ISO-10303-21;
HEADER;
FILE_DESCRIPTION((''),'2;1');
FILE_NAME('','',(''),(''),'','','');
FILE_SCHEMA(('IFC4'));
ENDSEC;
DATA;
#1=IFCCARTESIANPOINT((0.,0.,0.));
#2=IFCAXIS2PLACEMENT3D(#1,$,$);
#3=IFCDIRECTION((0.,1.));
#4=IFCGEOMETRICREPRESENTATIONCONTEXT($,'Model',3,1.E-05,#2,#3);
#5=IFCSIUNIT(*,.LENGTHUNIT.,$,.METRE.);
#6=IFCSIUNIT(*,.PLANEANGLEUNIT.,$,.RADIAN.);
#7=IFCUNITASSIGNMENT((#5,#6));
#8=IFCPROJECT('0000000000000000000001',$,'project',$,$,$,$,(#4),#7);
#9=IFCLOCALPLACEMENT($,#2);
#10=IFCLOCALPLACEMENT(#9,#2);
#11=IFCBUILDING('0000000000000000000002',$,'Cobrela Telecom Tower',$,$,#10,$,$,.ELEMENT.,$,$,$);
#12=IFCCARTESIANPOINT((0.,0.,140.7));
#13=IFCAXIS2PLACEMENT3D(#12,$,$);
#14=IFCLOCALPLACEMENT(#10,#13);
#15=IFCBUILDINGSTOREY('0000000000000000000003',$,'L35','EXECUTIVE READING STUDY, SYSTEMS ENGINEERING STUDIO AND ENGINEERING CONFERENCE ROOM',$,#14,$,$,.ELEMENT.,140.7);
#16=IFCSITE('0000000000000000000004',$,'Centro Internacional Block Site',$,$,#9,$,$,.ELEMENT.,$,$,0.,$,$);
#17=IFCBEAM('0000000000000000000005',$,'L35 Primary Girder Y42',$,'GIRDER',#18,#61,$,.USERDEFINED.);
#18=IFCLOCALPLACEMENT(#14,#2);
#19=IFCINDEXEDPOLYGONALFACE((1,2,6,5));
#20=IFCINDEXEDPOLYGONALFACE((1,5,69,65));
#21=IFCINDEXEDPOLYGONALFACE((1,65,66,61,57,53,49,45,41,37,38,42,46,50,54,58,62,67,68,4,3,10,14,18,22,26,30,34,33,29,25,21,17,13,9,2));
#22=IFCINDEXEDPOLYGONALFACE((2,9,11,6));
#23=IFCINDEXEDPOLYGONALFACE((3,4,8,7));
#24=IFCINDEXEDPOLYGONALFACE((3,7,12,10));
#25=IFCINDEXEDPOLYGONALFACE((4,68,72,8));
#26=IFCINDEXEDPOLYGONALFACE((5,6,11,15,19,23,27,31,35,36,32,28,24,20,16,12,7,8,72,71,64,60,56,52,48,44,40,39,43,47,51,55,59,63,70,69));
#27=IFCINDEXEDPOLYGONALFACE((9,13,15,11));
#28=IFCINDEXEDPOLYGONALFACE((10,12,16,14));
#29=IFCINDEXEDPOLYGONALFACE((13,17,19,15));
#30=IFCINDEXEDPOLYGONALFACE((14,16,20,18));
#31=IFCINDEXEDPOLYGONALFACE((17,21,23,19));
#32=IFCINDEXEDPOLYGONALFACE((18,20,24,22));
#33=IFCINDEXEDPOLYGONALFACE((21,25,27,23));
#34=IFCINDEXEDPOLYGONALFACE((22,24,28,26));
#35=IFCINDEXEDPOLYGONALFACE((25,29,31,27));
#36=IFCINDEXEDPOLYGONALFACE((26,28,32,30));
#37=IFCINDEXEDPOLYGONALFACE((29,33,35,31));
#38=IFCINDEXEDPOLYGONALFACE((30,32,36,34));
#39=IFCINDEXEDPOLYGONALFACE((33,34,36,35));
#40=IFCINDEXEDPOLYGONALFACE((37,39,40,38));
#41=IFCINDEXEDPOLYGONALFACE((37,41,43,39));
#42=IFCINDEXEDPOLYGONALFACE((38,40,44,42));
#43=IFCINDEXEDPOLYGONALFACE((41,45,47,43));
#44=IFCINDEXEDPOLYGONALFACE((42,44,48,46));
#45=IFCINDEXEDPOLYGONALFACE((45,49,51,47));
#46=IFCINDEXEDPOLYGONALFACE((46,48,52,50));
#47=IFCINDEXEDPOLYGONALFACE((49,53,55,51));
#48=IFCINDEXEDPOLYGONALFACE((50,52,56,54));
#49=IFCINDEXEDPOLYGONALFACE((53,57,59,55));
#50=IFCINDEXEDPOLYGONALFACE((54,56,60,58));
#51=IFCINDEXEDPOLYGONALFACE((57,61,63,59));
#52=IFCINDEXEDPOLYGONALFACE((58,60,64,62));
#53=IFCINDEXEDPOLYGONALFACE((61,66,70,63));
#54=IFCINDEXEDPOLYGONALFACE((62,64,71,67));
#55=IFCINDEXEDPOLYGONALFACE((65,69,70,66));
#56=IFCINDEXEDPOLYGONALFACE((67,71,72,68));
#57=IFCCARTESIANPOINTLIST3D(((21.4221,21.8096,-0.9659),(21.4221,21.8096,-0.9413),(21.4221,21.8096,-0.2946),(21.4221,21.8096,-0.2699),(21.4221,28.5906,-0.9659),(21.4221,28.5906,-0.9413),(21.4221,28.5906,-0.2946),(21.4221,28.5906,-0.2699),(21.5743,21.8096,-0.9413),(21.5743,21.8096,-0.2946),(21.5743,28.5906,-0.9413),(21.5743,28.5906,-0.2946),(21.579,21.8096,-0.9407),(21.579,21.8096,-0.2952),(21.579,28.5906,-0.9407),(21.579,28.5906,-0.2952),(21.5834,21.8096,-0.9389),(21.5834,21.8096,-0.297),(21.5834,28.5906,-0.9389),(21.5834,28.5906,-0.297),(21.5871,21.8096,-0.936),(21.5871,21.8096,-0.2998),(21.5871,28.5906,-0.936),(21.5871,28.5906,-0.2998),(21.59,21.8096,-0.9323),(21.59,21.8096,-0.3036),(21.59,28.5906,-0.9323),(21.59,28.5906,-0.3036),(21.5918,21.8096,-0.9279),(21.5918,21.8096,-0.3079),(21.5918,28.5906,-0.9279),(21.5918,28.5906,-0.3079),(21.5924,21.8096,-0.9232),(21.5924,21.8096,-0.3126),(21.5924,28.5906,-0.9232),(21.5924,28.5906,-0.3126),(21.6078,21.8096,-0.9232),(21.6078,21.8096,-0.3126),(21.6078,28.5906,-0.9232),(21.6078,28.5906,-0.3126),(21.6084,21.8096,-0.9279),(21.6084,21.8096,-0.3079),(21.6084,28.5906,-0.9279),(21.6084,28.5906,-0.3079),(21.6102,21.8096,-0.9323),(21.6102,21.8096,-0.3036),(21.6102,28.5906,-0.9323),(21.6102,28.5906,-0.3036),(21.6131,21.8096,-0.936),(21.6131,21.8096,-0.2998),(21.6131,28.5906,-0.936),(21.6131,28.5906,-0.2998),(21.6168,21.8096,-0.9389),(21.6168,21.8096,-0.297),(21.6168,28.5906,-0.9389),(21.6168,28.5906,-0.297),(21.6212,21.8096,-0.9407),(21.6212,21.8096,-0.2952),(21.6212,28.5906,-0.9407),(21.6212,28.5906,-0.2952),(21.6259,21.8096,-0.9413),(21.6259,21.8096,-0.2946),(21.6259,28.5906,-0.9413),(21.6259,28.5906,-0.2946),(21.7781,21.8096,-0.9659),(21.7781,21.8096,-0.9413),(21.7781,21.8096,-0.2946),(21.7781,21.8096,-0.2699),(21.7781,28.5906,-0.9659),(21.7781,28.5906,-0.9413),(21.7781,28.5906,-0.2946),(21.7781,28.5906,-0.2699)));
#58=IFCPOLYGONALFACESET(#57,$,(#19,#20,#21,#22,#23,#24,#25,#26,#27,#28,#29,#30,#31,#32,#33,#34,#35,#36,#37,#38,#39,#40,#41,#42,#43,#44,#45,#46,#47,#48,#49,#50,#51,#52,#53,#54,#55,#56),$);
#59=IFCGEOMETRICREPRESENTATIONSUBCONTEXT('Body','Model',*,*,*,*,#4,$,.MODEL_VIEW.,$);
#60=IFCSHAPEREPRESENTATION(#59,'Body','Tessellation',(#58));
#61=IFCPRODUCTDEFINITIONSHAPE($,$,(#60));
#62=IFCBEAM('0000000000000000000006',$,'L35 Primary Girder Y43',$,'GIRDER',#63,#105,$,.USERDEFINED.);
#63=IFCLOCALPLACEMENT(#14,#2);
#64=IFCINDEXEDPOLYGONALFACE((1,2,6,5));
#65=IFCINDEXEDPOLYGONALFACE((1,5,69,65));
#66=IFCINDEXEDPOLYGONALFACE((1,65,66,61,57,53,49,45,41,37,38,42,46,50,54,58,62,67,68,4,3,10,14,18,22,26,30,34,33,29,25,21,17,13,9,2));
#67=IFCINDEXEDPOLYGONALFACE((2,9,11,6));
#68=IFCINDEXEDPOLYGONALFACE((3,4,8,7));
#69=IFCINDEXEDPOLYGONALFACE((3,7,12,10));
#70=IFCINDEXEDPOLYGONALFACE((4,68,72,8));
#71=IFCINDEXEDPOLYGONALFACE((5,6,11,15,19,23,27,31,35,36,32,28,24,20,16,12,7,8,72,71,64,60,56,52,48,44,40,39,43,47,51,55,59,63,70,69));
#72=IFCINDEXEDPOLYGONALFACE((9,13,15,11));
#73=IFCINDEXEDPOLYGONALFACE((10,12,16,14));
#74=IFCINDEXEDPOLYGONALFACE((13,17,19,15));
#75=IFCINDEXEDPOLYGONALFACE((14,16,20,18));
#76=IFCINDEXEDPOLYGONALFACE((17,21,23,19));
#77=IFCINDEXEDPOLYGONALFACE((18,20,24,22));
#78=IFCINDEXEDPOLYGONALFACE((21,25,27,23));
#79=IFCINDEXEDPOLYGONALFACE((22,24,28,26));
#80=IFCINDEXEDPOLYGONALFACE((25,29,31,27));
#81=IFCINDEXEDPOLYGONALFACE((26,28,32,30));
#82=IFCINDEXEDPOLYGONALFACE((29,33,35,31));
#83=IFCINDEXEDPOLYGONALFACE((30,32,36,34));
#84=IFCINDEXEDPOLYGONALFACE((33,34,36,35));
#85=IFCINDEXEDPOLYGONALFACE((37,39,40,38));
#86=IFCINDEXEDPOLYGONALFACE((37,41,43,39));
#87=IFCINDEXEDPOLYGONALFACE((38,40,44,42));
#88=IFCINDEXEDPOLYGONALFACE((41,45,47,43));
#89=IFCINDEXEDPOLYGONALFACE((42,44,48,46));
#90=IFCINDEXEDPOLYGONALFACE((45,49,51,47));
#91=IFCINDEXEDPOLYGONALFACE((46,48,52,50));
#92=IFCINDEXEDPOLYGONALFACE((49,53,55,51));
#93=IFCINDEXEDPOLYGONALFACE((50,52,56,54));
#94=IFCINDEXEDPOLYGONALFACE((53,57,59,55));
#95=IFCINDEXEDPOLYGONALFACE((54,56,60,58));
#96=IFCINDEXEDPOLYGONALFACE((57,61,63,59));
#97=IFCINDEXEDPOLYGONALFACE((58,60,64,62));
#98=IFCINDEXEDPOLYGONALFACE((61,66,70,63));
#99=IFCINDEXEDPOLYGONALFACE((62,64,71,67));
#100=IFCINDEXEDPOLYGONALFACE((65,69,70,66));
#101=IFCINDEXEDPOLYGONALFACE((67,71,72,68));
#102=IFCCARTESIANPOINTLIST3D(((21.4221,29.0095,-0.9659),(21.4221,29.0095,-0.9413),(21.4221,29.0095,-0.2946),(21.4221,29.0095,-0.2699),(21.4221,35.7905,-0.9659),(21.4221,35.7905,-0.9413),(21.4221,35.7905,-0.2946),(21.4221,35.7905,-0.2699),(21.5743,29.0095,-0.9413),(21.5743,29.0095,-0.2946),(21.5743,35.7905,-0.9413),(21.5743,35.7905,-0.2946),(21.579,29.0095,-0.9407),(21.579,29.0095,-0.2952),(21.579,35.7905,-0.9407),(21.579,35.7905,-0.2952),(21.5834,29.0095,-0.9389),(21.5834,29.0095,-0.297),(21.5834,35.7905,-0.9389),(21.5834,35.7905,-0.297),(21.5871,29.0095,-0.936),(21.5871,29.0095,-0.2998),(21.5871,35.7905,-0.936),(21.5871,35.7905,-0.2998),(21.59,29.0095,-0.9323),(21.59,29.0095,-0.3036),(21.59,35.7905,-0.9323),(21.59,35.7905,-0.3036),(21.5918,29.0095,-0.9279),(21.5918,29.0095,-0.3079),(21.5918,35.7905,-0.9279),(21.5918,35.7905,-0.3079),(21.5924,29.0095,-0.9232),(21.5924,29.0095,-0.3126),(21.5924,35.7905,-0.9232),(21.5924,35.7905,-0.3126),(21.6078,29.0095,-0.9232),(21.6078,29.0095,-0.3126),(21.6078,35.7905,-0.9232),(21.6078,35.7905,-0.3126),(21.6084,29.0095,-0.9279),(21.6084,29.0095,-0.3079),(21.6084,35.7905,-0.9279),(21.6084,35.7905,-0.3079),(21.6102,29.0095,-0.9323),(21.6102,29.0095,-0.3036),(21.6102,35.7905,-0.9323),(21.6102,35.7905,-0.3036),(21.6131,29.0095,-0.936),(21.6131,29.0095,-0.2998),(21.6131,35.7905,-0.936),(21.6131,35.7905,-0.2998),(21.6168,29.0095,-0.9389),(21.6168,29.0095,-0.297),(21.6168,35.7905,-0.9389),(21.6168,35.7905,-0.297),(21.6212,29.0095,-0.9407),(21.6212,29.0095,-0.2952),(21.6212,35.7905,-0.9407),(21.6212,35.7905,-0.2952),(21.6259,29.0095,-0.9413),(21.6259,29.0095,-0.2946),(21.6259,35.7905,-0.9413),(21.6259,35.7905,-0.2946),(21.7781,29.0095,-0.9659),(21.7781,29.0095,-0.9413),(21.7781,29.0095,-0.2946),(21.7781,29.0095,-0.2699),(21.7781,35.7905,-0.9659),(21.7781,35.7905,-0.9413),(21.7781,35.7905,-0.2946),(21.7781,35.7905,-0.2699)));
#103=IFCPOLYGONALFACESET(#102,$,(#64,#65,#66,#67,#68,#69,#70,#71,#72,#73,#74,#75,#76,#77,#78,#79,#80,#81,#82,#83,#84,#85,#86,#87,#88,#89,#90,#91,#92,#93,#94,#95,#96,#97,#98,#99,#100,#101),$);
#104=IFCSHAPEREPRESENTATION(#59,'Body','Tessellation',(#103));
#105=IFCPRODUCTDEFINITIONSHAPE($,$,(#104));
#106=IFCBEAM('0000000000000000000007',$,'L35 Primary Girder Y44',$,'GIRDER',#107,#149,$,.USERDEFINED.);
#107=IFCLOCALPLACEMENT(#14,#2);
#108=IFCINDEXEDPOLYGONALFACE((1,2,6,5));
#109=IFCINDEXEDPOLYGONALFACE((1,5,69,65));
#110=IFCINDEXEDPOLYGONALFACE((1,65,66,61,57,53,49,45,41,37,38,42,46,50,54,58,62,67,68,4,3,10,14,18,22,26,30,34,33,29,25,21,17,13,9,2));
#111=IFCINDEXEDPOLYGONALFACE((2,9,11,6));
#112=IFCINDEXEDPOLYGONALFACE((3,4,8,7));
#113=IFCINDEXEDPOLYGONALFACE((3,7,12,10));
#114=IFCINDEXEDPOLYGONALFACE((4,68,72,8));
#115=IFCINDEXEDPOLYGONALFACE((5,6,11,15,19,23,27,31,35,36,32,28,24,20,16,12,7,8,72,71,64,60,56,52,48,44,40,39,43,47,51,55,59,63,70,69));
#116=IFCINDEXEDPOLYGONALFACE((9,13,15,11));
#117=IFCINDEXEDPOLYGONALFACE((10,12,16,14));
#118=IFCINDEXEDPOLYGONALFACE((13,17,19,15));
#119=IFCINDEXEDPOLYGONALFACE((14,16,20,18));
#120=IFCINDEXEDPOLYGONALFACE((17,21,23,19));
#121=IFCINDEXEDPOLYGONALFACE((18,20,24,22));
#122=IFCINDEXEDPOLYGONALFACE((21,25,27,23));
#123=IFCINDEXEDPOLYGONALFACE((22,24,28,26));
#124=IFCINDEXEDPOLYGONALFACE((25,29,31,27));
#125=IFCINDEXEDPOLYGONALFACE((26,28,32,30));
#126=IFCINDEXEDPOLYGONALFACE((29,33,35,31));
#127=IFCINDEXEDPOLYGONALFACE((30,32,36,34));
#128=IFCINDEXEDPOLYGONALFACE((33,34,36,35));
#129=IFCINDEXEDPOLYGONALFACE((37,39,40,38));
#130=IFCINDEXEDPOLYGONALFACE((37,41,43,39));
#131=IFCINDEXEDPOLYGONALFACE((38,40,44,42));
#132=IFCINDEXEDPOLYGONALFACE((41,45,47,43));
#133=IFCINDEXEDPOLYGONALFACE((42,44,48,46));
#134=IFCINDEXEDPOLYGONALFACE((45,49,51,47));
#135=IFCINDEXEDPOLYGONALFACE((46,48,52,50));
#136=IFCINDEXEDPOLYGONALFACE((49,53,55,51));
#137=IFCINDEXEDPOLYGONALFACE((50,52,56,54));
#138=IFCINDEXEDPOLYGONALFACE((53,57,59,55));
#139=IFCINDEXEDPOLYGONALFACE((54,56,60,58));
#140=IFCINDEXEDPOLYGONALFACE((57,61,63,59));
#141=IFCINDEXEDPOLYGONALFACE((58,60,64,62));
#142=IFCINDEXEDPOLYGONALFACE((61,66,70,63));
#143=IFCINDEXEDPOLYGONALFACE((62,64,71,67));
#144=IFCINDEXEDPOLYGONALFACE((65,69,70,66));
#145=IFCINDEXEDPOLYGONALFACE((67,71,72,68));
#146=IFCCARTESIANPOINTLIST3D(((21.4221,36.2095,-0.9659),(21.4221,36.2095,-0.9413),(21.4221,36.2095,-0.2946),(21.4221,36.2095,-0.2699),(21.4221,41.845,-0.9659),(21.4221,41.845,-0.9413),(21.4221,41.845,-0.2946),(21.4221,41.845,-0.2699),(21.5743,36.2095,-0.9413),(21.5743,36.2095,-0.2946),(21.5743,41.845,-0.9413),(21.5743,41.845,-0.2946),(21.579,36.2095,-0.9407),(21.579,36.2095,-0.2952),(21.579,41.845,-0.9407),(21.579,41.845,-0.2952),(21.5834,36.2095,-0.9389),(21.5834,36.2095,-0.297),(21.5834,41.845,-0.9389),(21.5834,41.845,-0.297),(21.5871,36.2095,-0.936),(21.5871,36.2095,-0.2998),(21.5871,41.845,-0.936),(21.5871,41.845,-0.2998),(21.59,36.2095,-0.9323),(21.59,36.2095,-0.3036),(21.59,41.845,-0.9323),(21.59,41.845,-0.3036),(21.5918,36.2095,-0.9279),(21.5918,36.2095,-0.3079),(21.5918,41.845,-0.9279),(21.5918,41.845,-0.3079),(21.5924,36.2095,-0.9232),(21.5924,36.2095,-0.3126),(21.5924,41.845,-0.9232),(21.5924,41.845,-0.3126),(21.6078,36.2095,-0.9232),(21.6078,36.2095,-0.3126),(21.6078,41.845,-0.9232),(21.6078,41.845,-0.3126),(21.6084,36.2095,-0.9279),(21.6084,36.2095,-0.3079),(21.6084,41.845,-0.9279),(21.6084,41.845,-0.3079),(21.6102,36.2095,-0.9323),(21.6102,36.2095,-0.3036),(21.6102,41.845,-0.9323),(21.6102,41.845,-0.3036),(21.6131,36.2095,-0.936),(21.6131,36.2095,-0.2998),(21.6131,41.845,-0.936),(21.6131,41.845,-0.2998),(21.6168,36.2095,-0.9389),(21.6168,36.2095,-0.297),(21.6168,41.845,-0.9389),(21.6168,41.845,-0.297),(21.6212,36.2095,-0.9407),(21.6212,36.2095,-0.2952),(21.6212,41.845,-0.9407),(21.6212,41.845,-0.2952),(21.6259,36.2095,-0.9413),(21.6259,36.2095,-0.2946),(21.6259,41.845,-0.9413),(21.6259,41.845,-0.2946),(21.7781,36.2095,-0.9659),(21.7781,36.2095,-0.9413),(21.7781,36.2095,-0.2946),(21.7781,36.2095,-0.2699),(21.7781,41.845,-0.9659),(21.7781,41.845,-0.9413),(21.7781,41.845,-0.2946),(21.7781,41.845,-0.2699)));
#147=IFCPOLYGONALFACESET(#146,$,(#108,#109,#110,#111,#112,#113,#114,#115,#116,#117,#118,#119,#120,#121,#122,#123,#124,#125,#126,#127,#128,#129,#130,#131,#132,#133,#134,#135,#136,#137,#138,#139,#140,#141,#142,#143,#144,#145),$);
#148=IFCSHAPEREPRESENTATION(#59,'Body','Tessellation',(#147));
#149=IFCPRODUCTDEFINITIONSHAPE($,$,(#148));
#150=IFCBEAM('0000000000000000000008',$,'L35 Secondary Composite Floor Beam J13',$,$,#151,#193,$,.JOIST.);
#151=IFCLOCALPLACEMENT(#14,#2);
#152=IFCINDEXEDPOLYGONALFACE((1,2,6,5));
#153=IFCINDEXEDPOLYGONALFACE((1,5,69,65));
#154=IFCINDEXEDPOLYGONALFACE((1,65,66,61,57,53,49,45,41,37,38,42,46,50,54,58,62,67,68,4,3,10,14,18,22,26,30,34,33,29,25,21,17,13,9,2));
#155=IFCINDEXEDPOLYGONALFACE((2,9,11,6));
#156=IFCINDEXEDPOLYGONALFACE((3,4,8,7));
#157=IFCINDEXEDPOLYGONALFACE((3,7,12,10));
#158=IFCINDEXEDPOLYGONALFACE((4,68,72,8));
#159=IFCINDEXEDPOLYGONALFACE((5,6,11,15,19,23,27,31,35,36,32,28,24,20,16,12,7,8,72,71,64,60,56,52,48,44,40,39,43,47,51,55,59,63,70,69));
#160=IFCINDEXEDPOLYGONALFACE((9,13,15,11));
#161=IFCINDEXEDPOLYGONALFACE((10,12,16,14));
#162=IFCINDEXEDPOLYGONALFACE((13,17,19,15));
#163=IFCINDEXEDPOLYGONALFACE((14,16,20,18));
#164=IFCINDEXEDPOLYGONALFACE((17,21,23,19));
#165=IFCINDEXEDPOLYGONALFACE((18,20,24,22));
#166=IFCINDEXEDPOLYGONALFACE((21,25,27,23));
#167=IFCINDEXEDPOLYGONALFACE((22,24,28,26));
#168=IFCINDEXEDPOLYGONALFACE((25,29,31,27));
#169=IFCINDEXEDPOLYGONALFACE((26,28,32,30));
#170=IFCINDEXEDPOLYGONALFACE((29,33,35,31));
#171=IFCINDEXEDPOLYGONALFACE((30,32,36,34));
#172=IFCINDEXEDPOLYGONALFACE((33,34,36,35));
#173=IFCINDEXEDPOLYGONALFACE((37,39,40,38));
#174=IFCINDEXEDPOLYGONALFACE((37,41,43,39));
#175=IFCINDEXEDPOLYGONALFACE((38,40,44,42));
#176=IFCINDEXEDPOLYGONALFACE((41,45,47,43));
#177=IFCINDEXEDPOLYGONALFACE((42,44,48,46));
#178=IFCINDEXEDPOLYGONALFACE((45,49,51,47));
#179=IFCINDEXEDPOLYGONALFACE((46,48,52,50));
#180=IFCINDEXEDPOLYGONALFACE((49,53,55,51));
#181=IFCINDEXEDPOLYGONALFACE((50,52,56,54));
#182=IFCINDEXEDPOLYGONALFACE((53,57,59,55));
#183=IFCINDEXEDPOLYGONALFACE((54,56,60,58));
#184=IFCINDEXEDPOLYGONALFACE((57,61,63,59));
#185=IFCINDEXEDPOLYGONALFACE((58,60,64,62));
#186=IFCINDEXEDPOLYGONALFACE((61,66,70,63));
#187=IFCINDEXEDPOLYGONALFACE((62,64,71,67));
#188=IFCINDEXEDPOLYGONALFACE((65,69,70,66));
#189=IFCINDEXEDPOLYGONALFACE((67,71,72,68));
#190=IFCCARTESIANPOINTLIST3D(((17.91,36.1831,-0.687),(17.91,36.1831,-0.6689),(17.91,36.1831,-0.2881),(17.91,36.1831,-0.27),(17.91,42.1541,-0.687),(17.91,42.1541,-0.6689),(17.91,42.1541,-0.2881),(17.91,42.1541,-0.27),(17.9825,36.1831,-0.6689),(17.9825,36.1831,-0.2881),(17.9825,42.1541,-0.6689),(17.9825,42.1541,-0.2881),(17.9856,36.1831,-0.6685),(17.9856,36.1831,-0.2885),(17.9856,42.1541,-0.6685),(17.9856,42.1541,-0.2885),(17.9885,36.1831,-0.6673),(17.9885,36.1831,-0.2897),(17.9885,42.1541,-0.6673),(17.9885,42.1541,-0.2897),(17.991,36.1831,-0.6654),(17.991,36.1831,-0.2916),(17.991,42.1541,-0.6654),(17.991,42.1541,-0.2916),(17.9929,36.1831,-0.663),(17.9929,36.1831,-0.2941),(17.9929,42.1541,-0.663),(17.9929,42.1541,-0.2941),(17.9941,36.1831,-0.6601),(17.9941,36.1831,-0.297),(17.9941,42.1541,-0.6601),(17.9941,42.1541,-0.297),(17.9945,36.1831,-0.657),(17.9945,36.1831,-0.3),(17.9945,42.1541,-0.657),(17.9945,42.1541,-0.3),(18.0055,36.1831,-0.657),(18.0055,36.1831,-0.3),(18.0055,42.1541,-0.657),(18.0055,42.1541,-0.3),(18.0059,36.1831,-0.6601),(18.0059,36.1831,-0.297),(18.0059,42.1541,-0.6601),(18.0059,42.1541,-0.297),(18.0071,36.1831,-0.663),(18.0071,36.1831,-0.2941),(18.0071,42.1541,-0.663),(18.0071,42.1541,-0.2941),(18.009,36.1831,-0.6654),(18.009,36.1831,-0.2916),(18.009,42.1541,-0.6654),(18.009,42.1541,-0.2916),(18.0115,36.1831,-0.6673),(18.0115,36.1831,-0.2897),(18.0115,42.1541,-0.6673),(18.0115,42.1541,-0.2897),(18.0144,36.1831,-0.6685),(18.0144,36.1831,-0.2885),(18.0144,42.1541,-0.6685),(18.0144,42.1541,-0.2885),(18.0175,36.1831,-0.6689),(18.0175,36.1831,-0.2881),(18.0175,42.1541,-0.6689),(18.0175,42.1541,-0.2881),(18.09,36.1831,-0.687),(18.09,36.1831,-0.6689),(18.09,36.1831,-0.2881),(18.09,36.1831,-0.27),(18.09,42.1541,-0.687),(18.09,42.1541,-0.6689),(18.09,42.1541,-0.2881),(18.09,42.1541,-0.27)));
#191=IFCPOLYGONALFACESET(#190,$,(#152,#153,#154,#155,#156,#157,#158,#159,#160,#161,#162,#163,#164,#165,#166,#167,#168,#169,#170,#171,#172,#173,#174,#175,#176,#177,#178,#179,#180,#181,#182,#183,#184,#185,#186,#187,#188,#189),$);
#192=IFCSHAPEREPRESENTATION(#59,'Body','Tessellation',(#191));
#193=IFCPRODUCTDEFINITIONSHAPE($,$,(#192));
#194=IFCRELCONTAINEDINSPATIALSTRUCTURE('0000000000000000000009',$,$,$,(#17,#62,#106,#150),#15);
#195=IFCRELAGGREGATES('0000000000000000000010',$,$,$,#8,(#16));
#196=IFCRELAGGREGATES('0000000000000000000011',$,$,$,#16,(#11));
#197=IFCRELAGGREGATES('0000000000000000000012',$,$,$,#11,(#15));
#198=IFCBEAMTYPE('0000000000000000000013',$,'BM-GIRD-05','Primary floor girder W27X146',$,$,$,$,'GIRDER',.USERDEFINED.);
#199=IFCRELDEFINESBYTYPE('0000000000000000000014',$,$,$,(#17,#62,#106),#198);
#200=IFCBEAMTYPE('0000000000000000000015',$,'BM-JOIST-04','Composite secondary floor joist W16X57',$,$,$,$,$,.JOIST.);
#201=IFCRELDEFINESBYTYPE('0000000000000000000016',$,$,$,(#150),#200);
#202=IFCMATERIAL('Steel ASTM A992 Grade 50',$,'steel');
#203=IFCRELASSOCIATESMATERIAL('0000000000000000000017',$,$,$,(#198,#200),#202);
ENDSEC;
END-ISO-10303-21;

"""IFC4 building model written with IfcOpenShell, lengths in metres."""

from ifc_helpers import new_model, si_unit, direction, frame, origin, origin_2d, place, context, subcontext, project, spatial, i_section, extrude, material, material_profile, profile_set, type_object, element, save


model = new_model("IFC4")

# Units and contexts
model_context = context("Model", 3, precision=1e-05, world=origin(), true_north=direction((0.0, 1.0)))
body_context = subcontext(model_context, "Body", "Model", "MODEL_VIEW")
ifc_project = project(units=[si_unit("LENGTHUNIT", "METRE"), si_unit("PLANEANGLEUNIT", "RADIAN")], contexts=[model_context])

# Site, building, storey
site_placement = place(None, origin())
site = spatial("IfcSite", under=ifc_project, at=site_placement, Name="Centro Internacional Block Site", CompositionType="ELEMENT", RefElevation=0.0)
building_placement = place(site_placement, origin())
building = spatial("IfcBuilding", under=site, at=building_placement, Name="Cobrela Telecom Tower", CompositionType="ELEMENT")
storey_placement = place(building_placement, frame((0.0, 0.0, 140.7)))
storey = spatial("IfcBuildingStorey", under=building, at=storey_placement, Name="L35", Description="EXECUTIVE READING STUDY, SYSTEMS ENGINEERING STUDIO AND ENGINEERING CONFERENCE ROOM", CompositionType="ELEMENT", Elevation=140.7)

# Shared definitions
ifc_material_1 = material(Name="Steel ASTM A992 Grade 50", Category="steel")

# Beams
ifc_material_profile_1 = material_profile(ifc_material_1, i_section(OverallWidth=0.356, OverallDepth=0.696, WebThickness=0.0154, FlangeThickness=0.0247, FilletRadius=0.0181, at=origin_2d()), Name="W27X146")
ifc_profile_set_1 = profile_set([ifc_material_profile_1], Name="Steel ASTM A992 Grade 50")
beam_type_1 = type_object("IfcBeamType", Name="BM-GIRD-05", Description="Primary floor girder W27X146", ElementType="GIRDER", PredefinedType="USERDEFINED", material=ifc_profile_set_1)
for number, where, z_axis, x_axis, name in (
    (1, (21.6001, 21.8096, -0.6179), (0.0, 1.0, 0.0), (-1.0, 0.0, 0.0), "L35 Primary Girder Y42"),
    (2, (21.6001, 29.0095, -0.6179), (0.0, 1.0, 0.0), (-1.0, 0.0, 0.0), "L35 Primary Girder Y43"),
):
    element("IfcBeam", number, at=place(storey_placement, frame(where, z_axis=z_axis, x_axis=x_axis)), inside=storey, type_object=beam_type_1, Name=name, ObjectType="GIRDER", PredefinedType="USERDEFINED", context=body_context, shape_type="SweptSolid", body=[
        extrude(i_section(OverallWidth=0.356, OverallDepth=0.696, WebThickness=0.0154, FlangeThickness=0.0247, FilletRadius=0.0181, at=origin_2d()), origin(), (0.0, 0.0, 1.0), 6.781),
    ])
beam_1_placement = place(storey_placement, frame((21.6001, 36.2095, -0.6179), z_axis=(0.0, 1.0, 0.0), x_axis=(-1.0, 0.0, 0.0)))
element("IfcBeam", 3, at=beam_1_placement, inside=storey, type_object=beam_type_1, Name="L35 Primary Girder Y44", ObjectType="GIRDER", PredefinedType="USERDEFINED", context=body_context, shape_type="SweptSolid", body=[
    extrude(i_section(OverallWidth=0.356, OverallDepth=0.696, WebThickness=0.0154, FlangeThickness=0.0247, FilletRadius=0.0181, at=origin_2d()), origin(), (0.0, 0.0, 1.0), 5.6355),
])
ifc_material_profile_2 = material_profile(ifc_material_1, i_section(OverallWidth=0.1799, OverallDepth=0.417, WebThickness=0.011, FlangeThickness=0.0181, FilletRadius=0.012, at=origin_2d()), Name="W16X57")
ifc_profile_set_2 = profile_set([ifc_material_profile_2], Name="Steel ASTM A992 Grade 50")
beam_type_2 = type_object("IfcBeamType", Name="BM-JOIST-04", Description="Composite secondary floor joist W16X57", PredefinedType="JOIST", material=ifc_profile_set_2)
beam_2_placement = place(storey_placement, frame((18.0, 36.1831, -0.4785), z_axis=(0.0, 1.0, 0.0), x_axis=(-1.0, 0.0, 0.0)))
element("IfcBeam", 4, at=beam_2_placement, inside=storey, type_object=beam_type_2, Name="L35 Secondary Composite Floor Beam J13", PredefinedType="JOIST", context=body_context, shape_type="SweptSolid", body=[
    extrude(i_section(OverallWidth=0.1799, OverallDepth=0.417, WebThickness=0.011, FlangeThickness=0.0181, FilletRadius=0.012, at=origin_2d()), origin(), (0.0, 0.0, 1.0), 5.9709),
])

save(model, "model.ifc")
